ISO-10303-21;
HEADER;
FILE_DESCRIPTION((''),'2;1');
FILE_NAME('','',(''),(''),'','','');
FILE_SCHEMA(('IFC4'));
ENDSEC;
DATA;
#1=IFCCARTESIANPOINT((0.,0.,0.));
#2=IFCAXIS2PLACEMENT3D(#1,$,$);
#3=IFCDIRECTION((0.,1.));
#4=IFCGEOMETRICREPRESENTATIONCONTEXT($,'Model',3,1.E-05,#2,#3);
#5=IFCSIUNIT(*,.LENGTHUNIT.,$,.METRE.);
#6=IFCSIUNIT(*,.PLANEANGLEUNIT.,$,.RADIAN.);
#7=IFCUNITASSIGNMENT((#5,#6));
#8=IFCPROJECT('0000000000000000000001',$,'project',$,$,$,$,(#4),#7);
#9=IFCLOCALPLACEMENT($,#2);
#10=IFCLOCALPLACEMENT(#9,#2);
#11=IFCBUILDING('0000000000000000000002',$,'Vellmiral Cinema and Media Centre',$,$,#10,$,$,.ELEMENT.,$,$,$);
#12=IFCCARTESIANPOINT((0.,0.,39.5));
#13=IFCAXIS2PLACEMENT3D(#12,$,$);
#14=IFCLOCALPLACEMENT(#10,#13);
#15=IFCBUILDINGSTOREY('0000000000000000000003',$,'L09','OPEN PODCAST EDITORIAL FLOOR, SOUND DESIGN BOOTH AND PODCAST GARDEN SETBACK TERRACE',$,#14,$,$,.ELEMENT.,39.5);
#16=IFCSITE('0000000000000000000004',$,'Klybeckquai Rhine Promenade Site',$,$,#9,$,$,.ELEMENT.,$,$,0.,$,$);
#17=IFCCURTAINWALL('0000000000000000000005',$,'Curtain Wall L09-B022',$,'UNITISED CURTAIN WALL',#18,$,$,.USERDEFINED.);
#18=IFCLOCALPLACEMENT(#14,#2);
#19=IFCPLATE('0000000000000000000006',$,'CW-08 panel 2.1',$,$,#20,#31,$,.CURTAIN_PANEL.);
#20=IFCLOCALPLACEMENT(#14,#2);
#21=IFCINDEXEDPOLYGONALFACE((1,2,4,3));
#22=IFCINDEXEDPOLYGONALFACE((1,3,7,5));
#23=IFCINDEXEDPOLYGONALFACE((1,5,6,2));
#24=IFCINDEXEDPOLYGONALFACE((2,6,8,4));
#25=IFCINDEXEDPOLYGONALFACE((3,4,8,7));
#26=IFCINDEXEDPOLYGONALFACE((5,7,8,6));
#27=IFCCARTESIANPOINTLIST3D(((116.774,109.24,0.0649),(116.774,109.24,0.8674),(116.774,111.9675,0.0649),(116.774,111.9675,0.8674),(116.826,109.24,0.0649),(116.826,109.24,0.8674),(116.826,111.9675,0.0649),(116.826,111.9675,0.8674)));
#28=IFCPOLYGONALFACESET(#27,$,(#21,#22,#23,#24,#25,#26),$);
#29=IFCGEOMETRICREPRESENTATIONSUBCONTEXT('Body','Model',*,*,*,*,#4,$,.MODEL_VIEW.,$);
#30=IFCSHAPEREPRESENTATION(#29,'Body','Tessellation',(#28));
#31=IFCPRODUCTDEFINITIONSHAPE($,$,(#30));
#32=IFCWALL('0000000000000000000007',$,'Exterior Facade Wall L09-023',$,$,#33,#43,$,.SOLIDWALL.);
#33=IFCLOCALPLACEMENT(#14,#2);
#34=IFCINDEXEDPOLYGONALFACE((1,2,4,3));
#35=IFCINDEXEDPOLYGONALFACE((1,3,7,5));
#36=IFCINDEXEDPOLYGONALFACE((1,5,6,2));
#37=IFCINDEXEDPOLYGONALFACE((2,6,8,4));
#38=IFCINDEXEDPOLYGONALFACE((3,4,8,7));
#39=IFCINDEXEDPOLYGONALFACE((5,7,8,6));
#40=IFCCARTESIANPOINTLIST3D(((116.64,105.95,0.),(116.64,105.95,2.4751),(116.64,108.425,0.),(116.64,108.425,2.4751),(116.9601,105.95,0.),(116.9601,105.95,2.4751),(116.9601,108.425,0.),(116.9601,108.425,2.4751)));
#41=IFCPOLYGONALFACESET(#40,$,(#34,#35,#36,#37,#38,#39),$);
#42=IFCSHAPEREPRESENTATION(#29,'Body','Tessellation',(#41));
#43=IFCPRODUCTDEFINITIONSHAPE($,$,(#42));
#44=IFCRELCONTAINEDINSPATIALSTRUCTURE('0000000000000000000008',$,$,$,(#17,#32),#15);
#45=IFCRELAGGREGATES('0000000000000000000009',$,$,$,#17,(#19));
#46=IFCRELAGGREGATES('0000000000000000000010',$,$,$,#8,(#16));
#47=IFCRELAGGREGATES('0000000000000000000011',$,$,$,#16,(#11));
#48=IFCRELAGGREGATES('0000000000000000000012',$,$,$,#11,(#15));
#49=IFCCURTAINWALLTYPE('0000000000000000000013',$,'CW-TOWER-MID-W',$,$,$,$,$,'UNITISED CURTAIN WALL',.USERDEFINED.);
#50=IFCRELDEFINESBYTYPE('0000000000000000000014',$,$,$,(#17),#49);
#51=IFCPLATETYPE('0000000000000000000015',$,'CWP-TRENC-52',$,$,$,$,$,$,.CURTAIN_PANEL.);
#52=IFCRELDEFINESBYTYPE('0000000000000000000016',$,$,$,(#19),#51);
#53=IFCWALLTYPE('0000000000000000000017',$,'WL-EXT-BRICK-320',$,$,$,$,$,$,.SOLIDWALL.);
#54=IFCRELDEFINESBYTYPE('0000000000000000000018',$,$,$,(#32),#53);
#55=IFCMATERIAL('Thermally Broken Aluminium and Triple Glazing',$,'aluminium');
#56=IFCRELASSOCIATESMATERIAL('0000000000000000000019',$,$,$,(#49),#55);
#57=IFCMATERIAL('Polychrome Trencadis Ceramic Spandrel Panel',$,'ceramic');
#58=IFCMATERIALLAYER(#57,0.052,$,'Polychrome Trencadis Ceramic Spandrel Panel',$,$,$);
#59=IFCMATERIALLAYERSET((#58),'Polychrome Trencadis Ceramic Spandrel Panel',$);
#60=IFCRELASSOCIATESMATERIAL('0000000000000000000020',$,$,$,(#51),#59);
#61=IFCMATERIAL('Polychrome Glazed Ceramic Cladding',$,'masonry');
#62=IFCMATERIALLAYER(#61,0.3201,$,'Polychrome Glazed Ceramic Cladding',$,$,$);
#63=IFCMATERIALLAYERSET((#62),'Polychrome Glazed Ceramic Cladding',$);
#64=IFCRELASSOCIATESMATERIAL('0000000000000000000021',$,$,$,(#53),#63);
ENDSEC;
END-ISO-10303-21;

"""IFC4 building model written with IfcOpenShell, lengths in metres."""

from ifc_helpers import new_model, si_unit, direction, frame, frame_2d, origin, origin_2d, place, context, subcontext, project, spatial, rectangle, extrude, material, layer, layer_set, type_object, element, aggregate, save


model = new_model("IFC4")

# Units and contexts
model_context = context("Model", 3, precision=1e-05, world=origin(), true_north=direction((0.0, 1.0)))
body_context = subcontext(model_context, "Body", "Model", "MODEL_VIEW")
ifc_project = project(units=[si_unit("LENGTHUNIT", "METRE"), si_unit("PLANEANGLEUNIT", "RADIAN")], contexts=[model_context])

# Site, building, storey
site_placement = place(None, origin())
site = spatial("IfcSite", under=ifc_project, at=site_placement, Name="Klybeckquai Rhine Promenade Site", CompositionType="ELEMENT", RefElevation=0.0)
building_placement = place(site_placement, origin())
building = spatial("IfcBuilding", under=site, at=building_placement, Name="Vellmiral Cinema and Media Centre", CompositionType="ELEMENT")
storey_placement = place(building_placement, frame((0.0, 0.0, 39.5)))
storey = spatial("IfcBuildingStorey", under=building, at=storey_placement, Name="L09", Description="OPEN PODCAST EDITORIAL FLOOR, SOUND DESIGN BOOTH AND PODCAST GARDEN SETBACK TERRACE", CompositionType="ELEMENT", Elevation=39.5)

# Curtain wall
ifc_material_1 = material(Name="Thermally Broken Aluminium and Triple Glazing", Category="aluminium")
curtain_wall_type = type_object("IfcCurtainWallType", Name="CW-TOWER-MID-W", ElementType="UNITISED CURTAIN WALL", PredefinedType="USERDEFINED", material=ifc_material_1)
curtain_wall_1_placement = place(storey_placement, origin())
curtain_wall_1 = element("IfcCurtainWall", 1, at=curtain_wall_1_placement, inside=storey, type_object=curtain_wall_type, Name="Curtain Wall L09-B022", ObjectType="UNITISED CURTAIN WALL", PredefinedType="USERDEFINED")

# Plate
ifc_material_2 = material(Name="Polychrome Trencadis Ceramic Spandrel Panel", Category="ceramic")
ifc_layer_1 = layer(ifc_material_2, 0.052, Name="Polychrome Trencadis Ceramic Spandrel Panel")
ifc_layer_set_1 = layer_set([ifc_layer_1], Name="Polychrome Trencadis Ceramic Spandrel Panel")
plate_type_1 = type_object("IfcPlateType", Name="CWP-TRENC-52", PredefinedType="CURTAIN_PANEL", material=ifc_layer_set_1)
plate_1_placement = place(storey_placement, frame((116.8, 110.6038, 0.0649), z_axis=(0.0, 0.0, 1.0), x_axis=(0.0, -1.0, 0.0)))
plate_1 = element("IfcPlate", 2, at=plate_1_placement, type_object=plate_type_1, Name="CW-08 panel 2.1", PredefinedType="CURTAIN_PANEL", context=body_context, shape_type="SweptSolid", body=[
    extrude(rectangle(XDim=2.7275, YDim=0.052, at=origin_2d()), origin(), (0.0, 0.0, 1.0), 0.8025),
])
aggregate(curtain_wall_1, [plate_1])

# Wall
ifc_material_3 = material(Name="Polychrome Glazed Ceramic Cladding", Category="masonry")
ifc_layer_2 = layer(ifc_material_3, 0.3201, Name="Polychrome Glazed Ceramic Cladding")
ifc_layer_set_2 = layer_set([ifc_layer_2], Name="Polychrome Glazed Ceramic Cladding")
wall_type = type_object("IfcWallType", Name="WL-EXT-BRICK-320", PredefinedType="SOLIDWALL", material=ifc_layer_set_2)
wall_placement = place(storey_placement, frame((116.8, 108.425, 0.0), z_axis=(0.0, 0.0, 1.0), x_axis=(0.0, -1.0, 0.0)))
element("IfcWall", 3, at=wall_placement, inside=storey, type_object=wall_type, Name="Exterior Facade Wall L09-023", PredefinedType="SOLIDWALL", context=body_context, shape_type="SweptSolid", body=[
    extrude(rectangle(XDim=2.4751, YDim=0.3201, at=frame_2d((1.2375, 0.0))), origin(), (0.0, 0.0, 1.0), 2.4751),
])

save(model, "model.ifc")
